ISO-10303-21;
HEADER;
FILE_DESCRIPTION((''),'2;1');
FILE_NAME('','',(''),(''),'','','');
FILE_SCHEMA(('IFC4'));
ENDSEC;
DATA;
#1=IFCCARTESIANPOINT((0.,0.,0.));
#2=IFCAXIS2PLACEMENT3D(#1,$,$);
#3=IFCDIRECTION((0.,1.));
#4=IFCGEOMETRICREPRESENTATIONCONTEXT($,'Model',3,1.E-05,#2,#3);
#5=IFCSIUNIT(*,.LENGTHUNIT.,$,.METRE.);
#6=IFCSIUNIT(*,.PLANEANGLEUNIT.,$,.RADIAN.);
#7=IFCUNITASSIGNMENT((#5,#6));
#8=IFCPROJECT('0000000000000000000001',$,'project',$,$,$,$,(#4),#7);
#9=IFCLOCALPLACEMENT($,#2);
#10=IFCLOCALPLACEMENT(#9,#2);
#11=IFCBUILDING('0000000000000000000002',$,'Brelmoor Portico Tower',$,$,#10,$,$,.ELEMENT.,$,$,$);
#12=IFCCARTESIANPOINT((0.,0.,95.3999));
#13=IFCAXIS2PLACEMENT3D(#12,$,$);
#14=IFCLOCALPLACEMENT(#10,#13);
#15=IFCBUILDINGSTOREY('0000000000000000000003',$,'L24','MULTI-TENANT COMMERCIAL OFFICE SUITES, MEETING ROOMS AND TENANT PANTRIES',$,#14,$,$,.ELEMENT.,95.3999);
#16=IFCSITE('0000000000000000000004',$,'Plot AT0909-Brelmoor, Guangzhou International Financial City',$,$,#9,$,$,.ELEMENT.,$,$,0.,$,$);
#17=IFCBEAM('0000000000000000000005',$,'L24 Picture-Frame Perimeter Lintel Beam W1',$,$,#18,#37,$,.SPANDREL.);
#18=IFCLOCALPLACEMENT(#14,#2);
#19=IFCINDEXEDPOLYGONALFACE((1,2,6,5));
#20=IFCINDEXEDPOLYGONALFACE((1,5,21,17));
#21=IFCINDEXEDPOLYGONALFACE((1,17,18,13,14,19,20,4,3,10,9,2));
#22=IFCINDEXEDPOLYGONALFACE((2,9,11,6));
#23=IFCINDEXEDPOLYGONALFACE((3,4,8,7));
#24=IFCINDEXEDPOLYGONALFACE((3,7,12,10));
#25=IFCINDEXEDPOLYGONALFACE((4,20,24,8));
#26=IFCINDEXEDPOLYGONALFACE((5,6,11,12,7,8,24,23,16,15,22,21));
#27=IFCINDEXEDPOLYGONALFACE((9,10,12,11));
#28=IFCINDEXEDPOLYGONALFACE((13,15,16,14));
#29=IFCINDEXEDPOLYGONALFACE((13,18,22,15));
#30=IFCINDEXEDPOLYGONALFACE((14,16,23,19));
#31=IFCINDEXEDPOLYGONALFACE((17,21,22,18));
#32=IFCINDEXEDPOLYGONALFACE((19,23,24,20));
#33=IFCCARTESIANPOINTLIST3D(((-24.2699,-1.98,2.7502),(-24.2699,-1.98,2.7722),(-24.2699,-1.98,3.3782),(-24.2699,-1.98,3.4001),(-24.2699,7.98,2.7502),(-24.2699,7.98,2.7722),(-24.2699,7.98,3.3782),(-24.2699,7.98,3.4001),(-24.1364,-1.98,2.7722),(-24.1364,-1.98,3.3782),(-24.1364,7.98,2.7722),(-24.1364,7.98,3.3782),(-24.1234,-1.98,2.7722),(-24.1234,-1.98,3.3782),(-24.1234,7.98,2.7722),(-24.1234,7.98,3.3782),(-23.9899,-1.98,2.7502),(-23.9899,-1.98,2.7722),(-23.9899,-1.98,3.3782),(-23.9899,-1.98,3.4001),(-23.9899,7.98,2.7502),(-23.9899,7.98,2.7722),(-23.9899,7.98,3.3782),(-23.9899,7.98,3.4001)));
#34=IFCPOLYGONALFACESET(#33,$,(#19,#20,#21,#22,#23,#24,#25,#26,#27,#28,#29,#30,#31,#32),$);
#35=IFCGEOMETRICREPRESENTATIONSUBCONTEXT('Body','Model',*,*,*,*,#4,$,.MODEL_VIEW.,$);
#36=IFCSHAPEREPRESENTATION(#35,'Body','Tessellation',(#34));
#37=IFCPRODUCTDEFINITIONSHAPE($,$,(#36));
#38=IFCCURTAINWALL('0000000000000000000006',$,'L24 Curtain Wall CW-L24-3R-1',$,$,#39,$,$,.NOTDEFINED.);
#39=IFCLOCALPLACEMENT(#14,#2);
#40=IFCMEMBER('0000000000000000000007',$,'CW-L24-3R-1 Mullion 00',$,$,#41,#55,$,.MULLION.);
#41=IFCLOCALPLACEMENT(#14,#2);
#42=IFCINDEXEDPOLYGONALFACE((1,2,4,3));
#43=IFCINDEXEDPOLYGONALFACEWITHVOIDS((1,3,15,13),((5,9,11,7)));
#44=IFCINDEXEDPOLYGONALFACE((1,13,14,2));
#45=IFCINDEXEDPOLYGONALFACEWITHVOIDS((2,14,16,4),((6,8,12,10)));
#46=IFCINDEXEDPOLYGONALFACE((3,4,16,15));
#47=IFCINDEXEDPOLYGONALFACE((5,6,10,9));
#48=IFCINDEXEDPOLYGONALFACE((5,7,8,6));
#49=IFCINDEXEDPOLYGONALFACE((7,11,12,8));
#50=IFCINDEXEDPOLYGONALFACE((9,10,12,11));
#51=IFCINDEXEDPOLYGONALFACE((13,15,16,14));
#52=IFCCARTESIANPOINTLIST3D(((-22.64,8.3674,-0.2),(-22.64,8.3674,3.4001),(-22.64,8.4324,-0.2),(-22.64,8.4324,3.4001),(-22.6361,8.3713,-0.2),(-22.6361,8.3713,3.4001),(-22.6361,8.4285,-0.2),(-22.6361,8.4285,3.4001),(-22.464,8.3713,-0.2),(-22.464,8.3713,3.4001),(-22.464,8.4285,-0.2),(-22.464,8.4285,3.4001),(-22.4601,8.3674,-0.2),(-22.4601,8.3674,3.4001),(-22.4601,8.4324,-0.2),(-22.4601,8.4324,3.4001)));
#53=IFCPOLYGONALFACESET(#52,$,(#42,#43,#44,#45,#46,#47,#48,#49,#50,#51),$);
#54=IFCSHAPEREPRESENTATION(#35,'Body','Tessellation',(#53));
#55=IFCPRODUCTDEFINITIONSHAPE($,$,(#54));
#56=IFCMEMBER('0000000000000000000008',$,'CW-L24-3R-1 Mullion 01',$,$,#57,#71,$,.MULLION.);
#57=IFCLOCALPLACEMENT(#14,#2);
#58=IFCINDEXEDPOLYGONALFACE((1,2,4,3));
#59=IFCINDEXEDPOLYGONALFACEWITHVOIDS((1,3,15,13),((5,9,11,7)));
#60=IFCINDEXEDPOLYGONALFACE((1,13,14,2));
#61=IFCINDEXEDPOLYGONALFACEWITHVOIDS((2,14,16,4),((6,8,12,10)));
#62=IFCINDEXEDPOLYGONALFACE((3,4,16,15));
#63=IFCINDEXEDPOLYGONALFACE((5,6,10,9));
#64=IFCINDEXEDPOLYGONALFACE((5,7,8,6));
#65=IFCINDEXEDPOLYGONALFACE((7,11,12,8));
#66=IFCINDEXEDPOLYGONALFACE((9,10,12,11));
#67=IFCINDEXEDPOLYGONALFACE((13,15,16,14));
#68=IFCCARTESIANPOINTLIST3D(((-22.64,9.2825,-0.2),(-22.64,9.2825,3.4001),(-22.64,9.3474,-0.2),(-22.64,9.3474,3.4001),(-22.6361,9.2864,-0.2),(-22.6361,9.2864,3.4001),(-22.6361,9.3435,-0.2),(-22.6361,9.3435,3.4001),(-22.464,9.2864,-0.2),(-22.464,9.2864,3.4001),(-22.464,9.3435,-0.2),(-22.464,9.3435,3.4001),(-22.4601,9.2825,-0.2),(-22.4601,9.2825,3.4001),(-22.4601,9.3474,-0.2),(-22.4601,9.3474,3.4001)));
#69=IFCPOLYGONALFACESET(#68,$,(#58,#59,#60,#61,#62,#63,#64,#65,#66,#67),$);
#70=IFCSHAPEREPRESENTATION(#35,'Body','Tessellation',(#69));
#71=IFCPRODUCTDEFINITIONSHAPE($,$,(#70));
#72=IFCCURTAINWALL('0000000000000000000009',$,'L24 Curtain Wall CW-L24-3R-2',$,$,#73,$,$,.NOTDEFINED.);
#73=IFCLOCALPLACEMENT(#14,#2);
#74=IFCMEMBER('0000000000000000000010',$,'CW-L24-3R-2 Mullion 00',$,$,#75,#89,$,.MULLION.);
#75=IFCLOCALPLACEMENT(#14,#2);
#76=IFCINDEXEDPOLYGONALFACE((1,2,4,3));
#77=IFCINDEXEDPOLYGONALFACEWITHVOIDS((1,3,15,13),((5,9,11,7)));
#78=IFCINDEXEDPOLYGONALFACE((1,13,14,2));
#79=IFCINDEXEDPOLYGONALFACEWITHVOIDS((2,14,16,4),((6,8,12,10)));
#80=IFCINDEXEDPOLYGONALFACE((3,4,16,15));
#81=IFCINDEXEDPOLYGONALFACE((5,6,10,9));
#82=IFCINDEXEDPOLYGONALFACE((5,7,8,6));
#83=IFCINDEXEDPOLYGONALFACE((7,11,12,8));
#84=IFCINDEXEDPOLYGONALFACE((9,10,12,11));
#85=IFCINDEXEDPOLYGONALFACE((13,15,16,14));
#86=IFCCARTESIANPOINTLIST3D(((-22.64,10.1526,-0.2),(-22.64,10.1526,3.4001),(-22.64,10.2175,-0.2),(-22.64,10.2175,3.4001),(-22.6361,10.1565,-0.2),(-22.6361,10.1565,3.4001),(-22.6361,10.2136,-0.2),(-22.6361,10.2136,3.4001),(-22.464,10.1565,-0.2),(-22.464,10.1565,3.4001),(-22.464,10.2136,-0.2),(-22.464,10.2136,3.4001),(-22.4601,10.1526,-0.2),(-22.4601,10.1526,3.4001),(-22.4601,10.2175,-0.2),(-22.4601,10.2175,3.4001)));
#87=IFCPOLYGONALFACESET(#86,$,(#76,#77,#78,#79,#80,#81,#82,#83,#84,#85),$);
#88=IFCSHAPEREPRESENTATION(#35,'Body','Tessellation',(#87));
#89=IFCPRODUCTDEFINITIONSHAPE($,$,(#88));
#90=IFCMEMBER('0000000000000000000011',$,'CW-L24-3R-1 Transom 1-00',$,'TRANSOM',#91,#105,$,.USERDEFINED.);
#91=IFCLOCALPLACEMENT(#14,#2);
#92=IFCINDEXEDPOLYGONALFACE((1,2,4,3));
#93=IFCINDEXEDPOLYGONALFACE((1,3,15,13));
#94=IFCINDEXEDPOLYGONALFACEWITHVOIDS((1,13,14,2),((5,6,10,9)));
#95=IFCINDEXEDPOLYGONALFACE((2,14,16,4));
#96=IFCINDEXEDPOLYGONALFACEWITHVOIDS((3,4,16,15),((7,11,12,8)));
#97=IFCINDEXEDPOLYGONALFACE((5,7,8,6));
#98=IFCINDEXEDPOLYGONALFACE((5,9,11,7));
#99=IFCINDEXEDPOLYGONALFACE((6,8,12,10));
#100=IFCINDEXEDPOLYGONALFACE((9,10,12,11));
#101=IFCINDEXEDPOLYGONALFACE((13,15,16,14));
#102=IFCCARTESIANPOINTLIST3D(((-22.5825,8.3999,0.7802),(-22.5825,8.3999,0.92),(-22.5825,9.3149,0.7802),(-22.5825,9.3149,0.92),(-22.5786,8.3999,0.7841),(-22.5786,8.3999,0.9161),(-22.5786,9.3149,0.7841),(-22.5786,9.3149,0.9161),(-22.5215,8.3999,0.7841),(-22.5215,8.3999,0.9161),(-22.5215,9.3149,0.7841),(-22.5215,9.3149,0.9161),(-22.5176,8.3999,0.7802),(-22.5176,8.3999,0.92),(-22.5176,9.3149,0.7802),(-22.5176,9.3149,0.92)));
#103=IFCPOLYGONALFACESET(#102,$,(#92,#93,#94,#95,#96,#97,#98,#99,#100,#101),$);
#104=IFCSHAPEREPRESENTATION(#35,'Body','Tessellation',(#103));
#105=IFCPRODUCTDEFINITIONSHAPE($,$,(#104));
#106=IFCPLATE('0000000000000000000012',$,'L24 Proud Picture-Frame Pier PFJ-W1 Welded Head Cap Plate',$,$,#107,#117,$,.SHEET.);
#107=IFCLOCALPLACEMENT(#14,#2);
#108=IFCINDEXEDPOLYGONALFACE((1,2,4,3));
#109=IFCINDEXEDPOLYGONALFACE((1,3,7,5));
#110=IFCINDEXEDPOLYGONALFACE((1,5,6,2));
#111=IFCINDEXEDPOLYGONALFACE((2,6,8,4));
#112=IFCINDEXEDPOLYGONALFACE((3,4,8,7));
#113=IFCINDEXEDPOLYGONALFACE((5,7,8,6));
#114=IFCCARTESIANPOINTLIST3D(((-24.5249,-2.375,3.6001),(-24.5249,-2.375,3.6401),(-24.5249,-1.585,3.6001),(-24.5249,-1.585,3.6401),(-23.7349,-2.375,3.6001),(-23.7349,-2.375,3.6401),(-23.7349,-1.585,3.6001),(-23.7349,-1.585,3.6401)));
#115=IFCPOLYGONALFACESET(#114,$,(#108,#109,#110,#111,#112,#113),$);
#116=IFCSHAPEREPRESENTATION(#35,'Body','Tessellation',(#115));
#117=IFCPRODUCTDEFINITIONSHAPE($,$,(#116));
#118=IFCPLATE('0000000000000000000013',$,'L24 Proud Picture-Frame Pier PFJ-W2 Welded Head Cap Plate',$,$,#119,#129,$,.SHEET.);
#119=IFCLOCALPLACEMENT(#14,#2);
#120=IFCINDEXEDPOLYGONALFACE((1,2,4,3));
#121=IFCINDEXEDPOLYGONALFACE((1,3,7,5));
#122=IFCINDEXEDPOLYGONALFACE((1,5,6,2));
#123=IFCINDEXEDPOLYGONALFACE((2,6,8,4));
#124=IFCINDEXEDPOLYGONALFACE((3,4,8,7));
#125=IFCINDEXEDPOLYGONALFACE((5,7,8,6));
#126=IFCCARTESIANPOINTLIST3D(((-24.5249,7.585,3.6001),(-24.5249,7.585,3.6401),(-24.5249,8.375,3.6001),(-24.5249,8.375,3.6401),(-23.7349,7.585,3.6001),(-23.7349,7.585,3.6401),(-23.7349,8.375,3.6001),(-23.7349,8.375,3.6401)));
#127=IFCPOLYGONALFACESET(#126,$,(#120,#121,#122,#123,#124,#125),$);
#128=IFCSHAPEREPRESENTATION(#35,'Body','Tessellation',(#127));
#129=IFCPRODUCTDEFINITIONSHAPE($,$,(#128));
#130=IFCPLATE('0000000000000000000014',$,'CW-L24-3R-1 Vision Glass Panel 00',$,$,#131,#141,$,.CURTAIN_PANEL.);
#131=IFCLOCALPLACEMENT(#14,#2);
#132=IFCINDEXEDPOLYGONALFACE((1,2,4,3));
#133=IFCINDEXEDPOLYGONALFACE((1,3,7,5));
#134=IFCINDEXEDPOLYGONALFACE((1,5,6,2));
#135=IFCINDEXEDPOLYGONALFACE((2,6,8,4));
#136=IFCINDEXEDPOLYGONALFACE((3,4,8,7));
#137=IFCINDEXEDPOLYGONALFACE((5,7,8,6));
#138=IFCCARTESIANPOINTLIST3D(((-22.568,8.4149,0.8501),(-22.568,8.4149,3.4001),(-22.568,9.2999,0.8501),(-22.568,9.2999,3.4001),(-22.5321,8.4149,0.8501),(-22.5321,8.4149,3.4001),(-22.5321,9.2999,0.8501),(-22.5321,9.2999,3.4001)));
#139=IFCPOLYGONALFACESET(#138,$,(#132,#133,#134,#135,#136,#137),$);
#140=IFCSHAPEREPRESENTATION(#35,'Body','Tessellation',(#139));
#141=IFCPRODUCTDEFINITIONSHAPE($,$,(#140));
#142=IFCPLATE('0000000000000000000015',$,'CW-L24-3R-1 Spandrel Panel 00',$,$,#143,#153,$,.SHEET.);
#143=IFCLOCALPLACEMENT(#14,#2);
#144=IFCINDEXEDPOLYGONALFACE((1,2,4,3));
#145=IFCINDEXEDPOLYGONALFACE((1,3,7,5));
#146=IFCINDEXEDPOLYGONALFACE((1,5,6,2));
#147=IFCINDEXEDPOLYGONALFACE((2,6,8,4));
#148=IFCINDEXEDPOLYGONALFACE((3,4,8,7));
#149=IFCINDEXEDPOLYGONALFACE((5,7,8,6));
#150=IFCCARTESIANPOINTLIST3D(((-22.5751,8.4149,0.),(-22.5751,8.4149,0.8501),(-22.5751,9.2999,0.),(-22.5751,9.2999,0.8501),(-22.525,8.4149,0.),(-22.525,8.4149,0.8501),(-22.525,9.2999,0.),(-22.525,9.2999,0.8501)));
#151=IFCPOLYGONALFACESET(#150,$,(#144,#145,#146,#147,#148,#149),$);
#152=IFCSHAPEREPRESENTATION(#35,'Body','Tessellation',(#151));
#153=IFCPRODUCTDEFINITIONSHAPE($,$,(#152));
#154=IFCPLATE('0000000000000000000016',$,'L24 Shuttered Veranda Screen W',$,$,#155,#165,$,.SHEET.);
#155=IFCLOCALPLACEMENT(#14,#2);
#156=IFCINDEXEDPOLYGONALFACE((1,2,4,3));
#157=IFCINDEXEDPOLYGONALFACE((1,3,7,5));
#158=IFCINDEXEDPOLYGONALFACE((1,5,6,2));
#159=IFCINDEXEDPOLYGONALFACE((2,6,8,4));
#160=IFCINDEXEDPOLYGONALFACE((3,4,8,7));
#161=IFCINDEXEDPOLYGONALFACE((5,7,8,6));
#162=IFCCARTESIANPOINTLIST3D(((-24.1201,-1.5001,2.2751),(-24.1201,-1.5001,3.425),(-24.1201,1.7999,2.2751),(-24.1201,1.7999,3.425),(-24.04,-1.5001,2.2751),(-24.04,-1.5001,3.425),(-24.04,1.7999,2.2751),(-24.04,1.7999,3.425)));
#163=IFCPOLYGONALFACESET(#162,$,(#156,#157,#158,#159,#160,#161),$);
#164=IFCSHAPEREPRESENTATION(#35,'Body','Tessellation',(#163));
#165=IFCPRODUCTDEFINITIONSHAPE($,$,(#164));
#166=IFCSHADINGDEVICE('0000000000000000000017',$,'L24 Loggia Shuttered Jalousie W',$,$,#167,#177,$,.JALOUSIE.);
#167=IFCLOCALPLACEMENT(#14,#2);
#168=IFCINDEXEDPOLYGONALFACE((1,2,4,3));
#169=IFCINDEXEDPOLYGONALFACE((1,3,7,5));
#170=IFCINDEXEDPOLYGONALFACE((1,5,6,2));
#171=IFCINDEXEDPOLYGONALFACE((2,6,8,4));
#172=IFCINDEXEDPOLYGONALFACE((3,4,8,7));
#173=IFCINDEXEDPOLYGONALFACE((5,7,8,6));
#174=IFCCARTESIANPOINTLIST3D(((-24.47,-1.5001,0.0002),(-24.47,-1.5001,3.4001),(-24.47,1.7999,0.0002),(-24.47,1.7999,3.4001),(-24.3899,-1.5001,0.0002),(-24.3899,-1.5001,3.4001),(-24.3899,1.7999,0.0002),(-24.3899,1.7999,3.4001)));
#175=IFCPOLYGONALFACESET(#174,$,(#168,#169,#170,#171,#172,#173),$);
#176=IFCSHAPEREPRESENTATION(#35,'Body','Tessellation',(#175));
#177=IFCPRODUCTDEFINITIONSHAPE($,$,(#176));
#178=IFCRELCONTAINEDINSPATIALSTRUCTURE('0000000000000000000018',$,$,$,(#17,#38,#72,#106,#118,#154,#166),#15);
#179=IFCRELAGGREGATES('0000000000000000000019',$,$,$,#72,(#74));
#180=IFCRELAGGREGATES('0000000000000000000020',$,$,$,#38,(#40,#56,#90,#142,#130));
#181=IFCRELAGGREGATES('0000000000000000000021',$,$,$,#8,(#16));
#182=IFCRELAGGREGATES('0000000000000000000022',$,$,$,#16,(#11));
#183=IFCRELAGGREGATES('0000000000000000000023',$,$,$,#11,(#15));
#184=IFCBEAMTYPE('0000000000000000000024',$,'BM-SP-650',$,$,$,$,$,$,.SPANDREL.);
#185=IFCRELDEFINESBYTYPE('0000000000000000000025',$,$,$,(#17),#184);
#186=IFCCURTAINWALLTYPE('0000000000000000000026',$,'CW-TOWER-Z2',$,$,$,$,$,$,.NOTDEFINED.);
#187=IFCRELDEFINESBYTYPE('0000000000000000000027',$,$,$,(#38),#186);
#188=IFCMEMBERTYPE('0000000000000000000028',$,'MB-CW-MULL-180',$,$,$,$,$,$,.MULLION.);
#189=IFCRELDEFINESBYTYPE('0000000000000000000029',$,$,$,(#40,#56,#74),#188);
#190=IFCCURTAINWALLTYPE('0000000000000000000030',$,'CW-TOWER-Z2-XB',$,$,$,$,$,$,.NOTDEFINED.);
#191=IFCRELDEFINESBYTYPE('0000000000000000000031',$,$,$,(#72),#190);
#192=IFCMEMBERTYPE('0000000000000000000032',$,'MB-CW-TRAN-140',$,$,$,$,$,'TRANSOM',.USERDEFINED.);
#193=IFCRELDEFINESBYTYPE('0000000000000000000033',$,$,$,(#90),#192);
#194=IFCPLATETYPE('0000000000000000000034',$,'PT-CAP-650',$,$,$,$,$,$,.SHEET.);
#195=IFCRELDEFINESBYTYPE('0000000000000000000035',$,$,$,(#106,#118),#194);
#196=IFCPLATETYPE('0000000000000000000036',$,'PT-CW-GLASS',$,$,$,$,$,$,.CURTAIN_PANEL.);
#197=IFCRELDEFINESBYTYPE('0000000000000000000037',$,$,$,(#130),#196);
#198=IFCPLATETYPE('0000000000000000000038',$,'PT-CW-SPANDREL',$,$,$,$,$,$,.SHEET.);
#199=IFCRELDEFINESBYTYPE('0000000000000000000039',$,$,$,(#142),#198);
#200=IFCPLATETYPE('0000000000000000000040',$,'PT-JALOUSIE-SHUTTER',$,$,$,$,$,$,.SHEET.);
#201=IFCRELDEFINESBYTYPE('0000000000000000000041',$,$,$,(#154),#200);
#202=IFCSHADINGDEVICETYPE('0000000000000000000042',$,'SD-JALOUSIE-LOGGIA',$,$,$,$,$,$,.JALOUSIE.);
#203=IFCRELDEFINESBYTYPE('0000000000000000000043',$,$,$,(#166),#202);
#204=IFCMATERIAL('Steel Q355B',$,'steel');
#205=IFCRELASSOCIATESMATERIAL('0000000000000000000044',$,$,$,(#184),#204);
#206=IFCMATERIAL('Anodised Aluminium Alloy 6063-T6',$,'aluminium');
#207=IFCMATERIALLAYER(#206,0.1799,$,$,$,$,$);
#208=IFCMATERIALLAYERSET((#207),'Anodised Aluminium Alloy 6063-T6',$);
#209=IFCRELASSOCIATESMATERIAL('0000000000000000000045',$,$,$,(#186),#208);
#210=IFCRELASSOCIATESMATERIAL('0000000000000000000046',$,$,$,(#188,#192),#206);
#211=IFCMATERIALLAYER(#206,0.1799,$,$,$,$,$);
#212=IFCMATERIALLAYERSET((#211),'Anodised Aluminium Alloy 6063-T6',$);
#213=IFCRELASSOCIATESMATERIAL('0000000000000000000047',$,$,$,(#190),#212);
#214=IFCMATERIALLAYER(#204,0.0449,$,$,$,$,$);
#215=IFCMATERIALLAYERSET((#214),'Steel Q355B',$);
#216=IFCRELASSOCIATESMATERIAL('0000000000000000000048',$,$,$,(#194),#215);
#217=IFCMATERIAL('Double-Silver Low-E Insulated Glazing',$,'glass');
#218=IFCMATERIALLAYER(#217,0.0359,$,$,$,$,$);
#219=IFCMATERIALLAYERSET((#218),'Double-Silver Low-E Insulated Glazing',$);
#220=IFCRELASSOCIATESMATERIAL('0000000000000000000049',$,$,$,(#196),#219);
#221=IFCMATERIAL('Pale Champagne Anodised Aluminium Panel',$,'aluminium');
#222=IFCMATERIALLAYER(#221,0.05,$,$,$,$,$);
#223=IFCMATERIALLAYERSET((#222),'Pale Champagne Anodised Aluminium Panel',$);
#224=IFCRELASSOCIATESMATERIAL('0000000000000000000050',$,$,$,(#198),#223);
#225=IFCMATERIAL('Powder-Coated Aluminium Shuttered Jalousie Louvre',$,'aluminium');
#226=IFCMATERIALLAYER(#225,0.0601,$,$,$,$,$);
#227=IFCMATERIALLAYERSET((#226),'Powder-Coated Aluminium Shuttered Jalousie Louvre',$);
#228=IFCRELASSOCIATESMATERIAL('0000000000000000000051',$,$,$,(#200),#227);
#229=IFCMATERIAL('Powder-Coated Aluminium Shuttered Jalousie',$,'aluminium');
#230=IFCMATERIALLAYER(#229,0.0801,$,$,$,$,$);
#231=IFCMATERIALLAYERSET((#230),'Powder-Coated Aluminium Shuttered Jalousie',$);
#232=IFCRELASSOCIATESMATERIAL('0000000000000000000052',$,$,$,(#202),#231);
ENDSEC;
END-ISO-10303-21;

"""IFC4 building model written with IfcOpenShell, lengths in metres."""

from ifc_helpers import new_model, si_unit, direction, frame, origin, origin_2d, place, context, subcontext, project, spatial, rectangle, hollow_rectangle, i_section, extrude, material, layer, layer_set, material_profile, profile_set, type_object, element, aggregate, save


model = new_model("IFC4")

# Units and contexts
model_context = context("Model", 3, precision=1e-05, world=origin(), true_north=direction((0.0, 1.0)))
body_context = subcontext(model_context, "Body", "Model", "MODEL_VIEW")
ifc_project = project(units=[si_unit("LENGTHUNIT", "METRE"), si_unit("PLANEANGLEUNIT", "RADIAN")], contexts=[model_context])

# Site, building, storey
site_placement = place(None, origin())
site = spatial("IfcSite", under=ifc_project, at=site_placement, Name="Plot AT0909-Brelmoor, Guangzhou International Financial City", CompositionType="ELEMENT", RefElevation=0.0)
building_placement = place(site_placement, origin())
building = spatial("IfcBuilding", under=site, at=building_placement, Name="Brelmoor Portico Tower", CompositionType="ELEMENT")
storey_placement = place(building_placement, frame((0.0, 0.0, 95.3999)))
storey = spatial("IfcBuildingStorey", under=building, at=storey_placement, Name="L24", Description="MULTI-TENANT COMMERCIAL OFFICE SUITES, MEETING ROOMS AND TENANT PANTRIES", CompositionType="ELEMENT", Elevation=95.3999)

# Shared definitions
ifc_material_1 = material(Name="Steel Q355B", Category="steel")

# Beam
ifc_material_profile_1 = material_profile(ifc_material_1, i_section(OverallWidth=0.28, OverallDepth=0.6499, WebThickness=0.0129, FlangeThickness=0.022, at=origin_2d()), Name="HN 650x280x13x22")
ifc_profile_set_1 = profile_set([ifc_material_profile_1], Name="Steel Q355B")
beam_type_1 = type_object("IfcBeamType", Name="BM-SP-650", PredefinedType="SPANDREL", material=ifc_profile_set_1)
beam_1_placement = place(storey_placement, frame((-24.1299, -1.98, 3.0752), z_axis=(0.0, 1.0, 0.0), x_axis=(-1.0, 0.0, 0.0)))
element("IfcBeam", 1, at=beam_1_placement, inside=storey, type_object=beam_type_1, Name="L24 Picture-Frame Perimeter Lintel Beam W1", PredefinedType="SPANDREL", context=body_context, shape_type="SweptSolid", body=[
    extrude(i_section(OverallWidth=0.28, OverallDepth=0.6499, WebThickness=0.0129, FlangeThickness=0.022, at=origin_2d()), origin(), (0.0, 0.0, 1.0), 9.96),
])

# Curtain wall, members
ifc_material_2 = material(Name="Anodised Aluminium Alloy 6063-T6", Category="aluminium")
ifc_layer_1 = layer(ifc_material_2, 0.1799)
ifc_layer_set_1 = layer_set([ifc_layer_1], Name="Anodised Aluminium Alloy 6063-T6")
curtain_wall_type_1 = type_object("IfcCurtainWallType", Name="CW-TOWER-Z2", PredefinedType="NOTDEFINED", material=ifc_layer_set_1)
curtain_wall_1_placement = place(storey_placement, origin())
curtain_wall_1 = element("IfcCurtainWall", 2, at=curtain_wall_1_placement, inside=storey, type_object=curtain_wall_type_1, Name="L24 Curtain Wall CW-L24-3R-1", PredefinedType="NOTDEFINED")
ifc_material_profile_2 = material_profile(ifc_material_2, hollow_rectangle(XDim=0.0649, YDim=0.1799, WallThickness=0.0039, at=origin_2d()), Name="ALU MULLION 65x180")
ifc_profile_set_2 = profile_set([ifc_material_profile_2], Name="Anodised Aluminium Alloy 6063-T6")
member_type_1 = type_object("IfcMemberType", Name="MB-CW-MULL-180", PredefinedType="MULLION", material=ifc_profile_set_2)
member_1_placement = place(storey_placement, frame((-22.55, 8.3999, -0.2), z_axis=(0.0, 0.0, 1.0), x_axis=(0.0, 1.0, 0.0)))
member_1 = element("IfcMember", 3, at=member_1_placement, type_object=member_type_1, Name="CW-L24-3R-1 Mullion 00", PredefinedType="MULLION", context=body_context, shape_type="SweptSolid", body=[
    extrude(hollow_rectangle(XDim=0.0649, YDim=0.1799, WallThickness=0.0039, at=origin_2d()), origin(), (0.0, 0.0, 1.0), 3.6001),
])
member_2_placement = place(storey_placement, frame((-22.55, 9.3149, -0.2), z_axis=(0.0, 0.0, 1.0), x_axis=(0.0, 1.0, 0.0)))
member_2 = element("IfcMember", 4, at=member_2_placement, type_object=member_type_1, Name="CW-L24-3R-1 Mullion 01", PredefinedType="MULLION", context=body_context, shape_type="SweptSolid", body=[
    extrude(hollow_rectangle(XDim=0.0649, YDim=0.1799, WallThickness=0.0039, at=origin_2d()), origin(), (0.0, 0.0, 1.0), 3.6001),
])

# Curtain wall, member
ifc_layer_2 = layer(ifc_material_2, 0.1799)
ifc_layer_set_2 = layer_set([ifc_layer_2], Name="Anodised Aluminium Alloy 6063-T6")
curtain_wall_type_2 = type_object("IfcCurtainWallType", Name="CW-TOWER-Z2-XB", PredefinedType="NOTDEFINED", material=ifc_layer_set_2)
curtain_wall_2_placement = place(storey_placement, origin())
curtain_wall_2 = element("IfcCurtainWall", 5, at=curtain_wall_2_placement, inside=storey, type_object=curtain_wall_type_2, Name="L24 Curtain Wall CW-L24-3R-2", PredefinedType="NOTDEFINED")
member_3_placement = place(storey_placement, frame((-22.55, 10.1851, -0.2), z_axis=(0.0, 0.0, 1.0), x_axis=(0.0, 1.0, 0.0)))
member_3 = element("IfcMember", 6, at=member_3_placement, type_object=member_type_1, Name="CW-L24-3R-2 Mullion 00", PredefinedType="MULLION", context=body_context, shape_type="SweptSolid", body=[
    extrude(hollow_rectangle(XDim=0.0649, YDim=0.1799, WallThickness=0.0039, at=origin_2d()), origin(), (0.0, 0.0, 1.0), 3.6001),
])
aggregate(curtain_wall_2, [member_3])

# Member
ifc_material_profile_3 = material_profile(ifc_material_2, hollow_rectangle(XDim=0.0649, YDim=0.1399, WallThickness=0.0039, at=origin_2d()), Name="ALU TRANSOM 65x140")
ifc_profile_set_3 = profile_set([ifc_material_profile_3], Name="Anodised Aluminium Alloy 6063-T6")
member_type_2 = type_object("IfcMemberType", Name="MB-CW-TRAN-140", ElementType="TRANSOM", PredefinedType="USERDEFINED", material=ifc_profile_set_3)
member_4_placement = place(storey_placement, frame((-22.55, 8.3999, 0.8501), z_axis=(0.0, 1.0, 0.0), x_axis=(-1.0, 0.0, 0.0)))
member_4 = element("IfcMember", 7, at=member_4_placement, type_object=member_type_2, Name="CW-L24-3R-1 Transom 1-00", ObjectType="TRANSOM", PredefinedType="USERDEFINED", context=body_context, shape_type="SweptSolid", body=[
    extrude(hollow_rectangle(XDim=0.0649, YDim=0.1399, WallThickness=0.0039, at=origin_2d()), origin(), (0.0, 0.0, 1.0), 0.915),
])

# Plates
ifc_layer_3 = layer(ifc_material_1, 0.0449)
ifc_layer_set_3 = layer_set([ifc_layer_3], Name="Steel Q355B")
plate_type_1 = type_object("IfcPlateType", Name="PT-CAP-650", PredefinedType="SHEET", material=ifc_layer_set_3)
for number, where, z_axis, x_axis, name in (
    (8, (-24.1299, -1.98, 3.6001), (0.0, 0.0, 1.0), (0.0, 1.0, 0.0), "L24 Proud Picture-Frame Pier PFJ-W1 Welded Head Cap Plate"),
    (9, (-24.1299, 7.98, 3.6001), (0.0, 0.0, 1.0), (0.0, 1.0, 0.0), "L24 Proud Picture-Frame Pier PFJ-W2 Welded Head Cap Plate"),
):
    element("IfcPlate", number, at=place(storey_placement, frame(where, z_axis=z_axis, x_axis=x_axis)), inside=storey, type_object=plate_type_1, Name=name, PredefinedType="SHEET", context=body_context, shape_type="SweptSolid", body=[
        extrude(rectangle(XDim=0.79, YDim=0.79, at=origin_2d()), origin(), (0.0, 0.0, 1.0), 0.04),
    ])

# Plates
ifc_material_3 = material(Name="Double-Silver Low-E Insulated Glazing", Category="glass")
ifc_layer_4 = layer(ifc_material_3, 0.0359)
ifc_layer_set_4 = layer_set([ifc_layer_4], Name="Double-Silver Low-E Insulated Glazing")
plate_type_2 = type_object("IfcPlateType", Name="PT-CW-GLASS", PredefinedType="CURTAIN_PANEL", material=ifc_layer_set_4)
plate_1_placement = place(storey_placement, frame((-22.55, 8.8574, 0.8501), z_axis=(0.0, 0.0, 1.0), x_axis=(0.0, 1.0, 0.0)))
plate_1 = element("IfcPlate", 10, at=plate_1_placement, type_object=plate_type_2, Name="CW-L24-3R-1 Vision Glass Panel 00", PredefinedType="CURTAIN_PANEL", context=body_context, shape_type="SweptSolid", body=[
    extrude(rectangle(XDim=0.885, YDim=0.0359, at=origin_2d()), origin(), (0.0, 0.0, 1.0), 2.55),
])
ifc_material_4 = material(Name="Pale Champagne Anodised Aluminium Panel", Category="aluminium")
ifc_layer_5 = layer(ifc_material_4, 0.05)
ifc_layer_set_5 = layer_set([ifc_layer_5], Name="Pale Champagne Anodised Aluminium Panel")
plate_type_3 = type_object("IfcPlateType", Name="PT-CW-SPANDREL", PredefinedType="SHEET", material=ifc_layer_set_5)
plate_2_placement = place(storey_placement, frame((-22.55, 8.8574, 0.0), z_axis=(0.0, 0.0, 1.0), x_axis=(0.0, 1.0, 0.0)))
plate_2 = element("IfcPlate", 11, at=plate_2_placement, type_object=plate_type_3, Name="CW-L24-3R-1 Spandrel Panel 00", PredefinedType="SHEET", context=body_context, shape_type="SweptSolid", body=[
    extrude(rectangle(XDim=0.885, YDim=0.05, at=origin_2d()), origin(), (0.0, 0.0, 1.0), 0.8501),
])
aggregate(curtain_wall_1, [member_1, member_2, member_4, plate_2, plate_1])
ifc_material_5 = material(Name="Powder-Coated Aluminium Shuttered Jalousie Louvre", Category="aluminium")
ifc_layer_6 = layer(ifc_material_5, 0.0601)
ifc_layer_set_6 = layer_set([ifc_layer_6], Name="Powder-Coated Aluminium Shuttered Jalousie Louvre")
plate_type_4 = type_object("IfcPlateType", Name="PT-JALOUSIE-SHUTTER", PredefinedType="SHEET", material=ifc_layer_set_6)
plate_3_placement = place(storey_placement, frame((-24.0801, 0.1499, 2.2751), z_axis=(0.0, 0.0, 1.0), x_axis=(0.0, 1.0, 0.0)))
element("IfcPlate", 12, at=plate_3_placement, inside=storey, type_object=plate_type_4, Name="L24 Shuttered Veranda Screen W", PredefinedType="SHEET", context=body_context, shape_type="SweptSolid", body=[
    extrude(rectangle(XDim=3.3, YDim=0.0801, at=origin_2d()), origin(), (0.0, 0.0, 1.0), 1.1499),
])

# Shading device
ifc_material_6 = material(Name="Powder-Coated Aluminium Shuttered Jalousie", Category="aluminium")
ifc_layer_7 = layer(ifc_material_6, 0.0801)
ifc_layer_set_7 = layer_set([ifc_layer_7], Name="Powder-Coated Aluminium Shuttered Jalousie")
shading_device_type = type_object("IfcShadingDeviceType", Name="SD-JALOUSIE-LOGGIA", PredefinedType="JALOUSIE", material=ifc_layer_set_7)
shading_device_placement = place(storey_placement, frame((-24.4299, 0.1499, 0.0002), z_axis=(0.0, 0.0, 1.0), x_axis=(0.0, 1.0, 0.0)))
element("IfcShadingDevice", 13, at=shading_device_placement, inside=storey, type_object=shading_device_type, Name="L24 Loggia Shuttered Jalousie W", PredefinedType="JALOUSIE", context=body_context, shape_type="SweptSolid", body=[
    extrude(rectangle(XDim=3.3, YDim=0.0801, at=origin_2d()), origin(), (0.0, 0.0, 1.0), 3.3999),
])

save(model, "model.ifc")
